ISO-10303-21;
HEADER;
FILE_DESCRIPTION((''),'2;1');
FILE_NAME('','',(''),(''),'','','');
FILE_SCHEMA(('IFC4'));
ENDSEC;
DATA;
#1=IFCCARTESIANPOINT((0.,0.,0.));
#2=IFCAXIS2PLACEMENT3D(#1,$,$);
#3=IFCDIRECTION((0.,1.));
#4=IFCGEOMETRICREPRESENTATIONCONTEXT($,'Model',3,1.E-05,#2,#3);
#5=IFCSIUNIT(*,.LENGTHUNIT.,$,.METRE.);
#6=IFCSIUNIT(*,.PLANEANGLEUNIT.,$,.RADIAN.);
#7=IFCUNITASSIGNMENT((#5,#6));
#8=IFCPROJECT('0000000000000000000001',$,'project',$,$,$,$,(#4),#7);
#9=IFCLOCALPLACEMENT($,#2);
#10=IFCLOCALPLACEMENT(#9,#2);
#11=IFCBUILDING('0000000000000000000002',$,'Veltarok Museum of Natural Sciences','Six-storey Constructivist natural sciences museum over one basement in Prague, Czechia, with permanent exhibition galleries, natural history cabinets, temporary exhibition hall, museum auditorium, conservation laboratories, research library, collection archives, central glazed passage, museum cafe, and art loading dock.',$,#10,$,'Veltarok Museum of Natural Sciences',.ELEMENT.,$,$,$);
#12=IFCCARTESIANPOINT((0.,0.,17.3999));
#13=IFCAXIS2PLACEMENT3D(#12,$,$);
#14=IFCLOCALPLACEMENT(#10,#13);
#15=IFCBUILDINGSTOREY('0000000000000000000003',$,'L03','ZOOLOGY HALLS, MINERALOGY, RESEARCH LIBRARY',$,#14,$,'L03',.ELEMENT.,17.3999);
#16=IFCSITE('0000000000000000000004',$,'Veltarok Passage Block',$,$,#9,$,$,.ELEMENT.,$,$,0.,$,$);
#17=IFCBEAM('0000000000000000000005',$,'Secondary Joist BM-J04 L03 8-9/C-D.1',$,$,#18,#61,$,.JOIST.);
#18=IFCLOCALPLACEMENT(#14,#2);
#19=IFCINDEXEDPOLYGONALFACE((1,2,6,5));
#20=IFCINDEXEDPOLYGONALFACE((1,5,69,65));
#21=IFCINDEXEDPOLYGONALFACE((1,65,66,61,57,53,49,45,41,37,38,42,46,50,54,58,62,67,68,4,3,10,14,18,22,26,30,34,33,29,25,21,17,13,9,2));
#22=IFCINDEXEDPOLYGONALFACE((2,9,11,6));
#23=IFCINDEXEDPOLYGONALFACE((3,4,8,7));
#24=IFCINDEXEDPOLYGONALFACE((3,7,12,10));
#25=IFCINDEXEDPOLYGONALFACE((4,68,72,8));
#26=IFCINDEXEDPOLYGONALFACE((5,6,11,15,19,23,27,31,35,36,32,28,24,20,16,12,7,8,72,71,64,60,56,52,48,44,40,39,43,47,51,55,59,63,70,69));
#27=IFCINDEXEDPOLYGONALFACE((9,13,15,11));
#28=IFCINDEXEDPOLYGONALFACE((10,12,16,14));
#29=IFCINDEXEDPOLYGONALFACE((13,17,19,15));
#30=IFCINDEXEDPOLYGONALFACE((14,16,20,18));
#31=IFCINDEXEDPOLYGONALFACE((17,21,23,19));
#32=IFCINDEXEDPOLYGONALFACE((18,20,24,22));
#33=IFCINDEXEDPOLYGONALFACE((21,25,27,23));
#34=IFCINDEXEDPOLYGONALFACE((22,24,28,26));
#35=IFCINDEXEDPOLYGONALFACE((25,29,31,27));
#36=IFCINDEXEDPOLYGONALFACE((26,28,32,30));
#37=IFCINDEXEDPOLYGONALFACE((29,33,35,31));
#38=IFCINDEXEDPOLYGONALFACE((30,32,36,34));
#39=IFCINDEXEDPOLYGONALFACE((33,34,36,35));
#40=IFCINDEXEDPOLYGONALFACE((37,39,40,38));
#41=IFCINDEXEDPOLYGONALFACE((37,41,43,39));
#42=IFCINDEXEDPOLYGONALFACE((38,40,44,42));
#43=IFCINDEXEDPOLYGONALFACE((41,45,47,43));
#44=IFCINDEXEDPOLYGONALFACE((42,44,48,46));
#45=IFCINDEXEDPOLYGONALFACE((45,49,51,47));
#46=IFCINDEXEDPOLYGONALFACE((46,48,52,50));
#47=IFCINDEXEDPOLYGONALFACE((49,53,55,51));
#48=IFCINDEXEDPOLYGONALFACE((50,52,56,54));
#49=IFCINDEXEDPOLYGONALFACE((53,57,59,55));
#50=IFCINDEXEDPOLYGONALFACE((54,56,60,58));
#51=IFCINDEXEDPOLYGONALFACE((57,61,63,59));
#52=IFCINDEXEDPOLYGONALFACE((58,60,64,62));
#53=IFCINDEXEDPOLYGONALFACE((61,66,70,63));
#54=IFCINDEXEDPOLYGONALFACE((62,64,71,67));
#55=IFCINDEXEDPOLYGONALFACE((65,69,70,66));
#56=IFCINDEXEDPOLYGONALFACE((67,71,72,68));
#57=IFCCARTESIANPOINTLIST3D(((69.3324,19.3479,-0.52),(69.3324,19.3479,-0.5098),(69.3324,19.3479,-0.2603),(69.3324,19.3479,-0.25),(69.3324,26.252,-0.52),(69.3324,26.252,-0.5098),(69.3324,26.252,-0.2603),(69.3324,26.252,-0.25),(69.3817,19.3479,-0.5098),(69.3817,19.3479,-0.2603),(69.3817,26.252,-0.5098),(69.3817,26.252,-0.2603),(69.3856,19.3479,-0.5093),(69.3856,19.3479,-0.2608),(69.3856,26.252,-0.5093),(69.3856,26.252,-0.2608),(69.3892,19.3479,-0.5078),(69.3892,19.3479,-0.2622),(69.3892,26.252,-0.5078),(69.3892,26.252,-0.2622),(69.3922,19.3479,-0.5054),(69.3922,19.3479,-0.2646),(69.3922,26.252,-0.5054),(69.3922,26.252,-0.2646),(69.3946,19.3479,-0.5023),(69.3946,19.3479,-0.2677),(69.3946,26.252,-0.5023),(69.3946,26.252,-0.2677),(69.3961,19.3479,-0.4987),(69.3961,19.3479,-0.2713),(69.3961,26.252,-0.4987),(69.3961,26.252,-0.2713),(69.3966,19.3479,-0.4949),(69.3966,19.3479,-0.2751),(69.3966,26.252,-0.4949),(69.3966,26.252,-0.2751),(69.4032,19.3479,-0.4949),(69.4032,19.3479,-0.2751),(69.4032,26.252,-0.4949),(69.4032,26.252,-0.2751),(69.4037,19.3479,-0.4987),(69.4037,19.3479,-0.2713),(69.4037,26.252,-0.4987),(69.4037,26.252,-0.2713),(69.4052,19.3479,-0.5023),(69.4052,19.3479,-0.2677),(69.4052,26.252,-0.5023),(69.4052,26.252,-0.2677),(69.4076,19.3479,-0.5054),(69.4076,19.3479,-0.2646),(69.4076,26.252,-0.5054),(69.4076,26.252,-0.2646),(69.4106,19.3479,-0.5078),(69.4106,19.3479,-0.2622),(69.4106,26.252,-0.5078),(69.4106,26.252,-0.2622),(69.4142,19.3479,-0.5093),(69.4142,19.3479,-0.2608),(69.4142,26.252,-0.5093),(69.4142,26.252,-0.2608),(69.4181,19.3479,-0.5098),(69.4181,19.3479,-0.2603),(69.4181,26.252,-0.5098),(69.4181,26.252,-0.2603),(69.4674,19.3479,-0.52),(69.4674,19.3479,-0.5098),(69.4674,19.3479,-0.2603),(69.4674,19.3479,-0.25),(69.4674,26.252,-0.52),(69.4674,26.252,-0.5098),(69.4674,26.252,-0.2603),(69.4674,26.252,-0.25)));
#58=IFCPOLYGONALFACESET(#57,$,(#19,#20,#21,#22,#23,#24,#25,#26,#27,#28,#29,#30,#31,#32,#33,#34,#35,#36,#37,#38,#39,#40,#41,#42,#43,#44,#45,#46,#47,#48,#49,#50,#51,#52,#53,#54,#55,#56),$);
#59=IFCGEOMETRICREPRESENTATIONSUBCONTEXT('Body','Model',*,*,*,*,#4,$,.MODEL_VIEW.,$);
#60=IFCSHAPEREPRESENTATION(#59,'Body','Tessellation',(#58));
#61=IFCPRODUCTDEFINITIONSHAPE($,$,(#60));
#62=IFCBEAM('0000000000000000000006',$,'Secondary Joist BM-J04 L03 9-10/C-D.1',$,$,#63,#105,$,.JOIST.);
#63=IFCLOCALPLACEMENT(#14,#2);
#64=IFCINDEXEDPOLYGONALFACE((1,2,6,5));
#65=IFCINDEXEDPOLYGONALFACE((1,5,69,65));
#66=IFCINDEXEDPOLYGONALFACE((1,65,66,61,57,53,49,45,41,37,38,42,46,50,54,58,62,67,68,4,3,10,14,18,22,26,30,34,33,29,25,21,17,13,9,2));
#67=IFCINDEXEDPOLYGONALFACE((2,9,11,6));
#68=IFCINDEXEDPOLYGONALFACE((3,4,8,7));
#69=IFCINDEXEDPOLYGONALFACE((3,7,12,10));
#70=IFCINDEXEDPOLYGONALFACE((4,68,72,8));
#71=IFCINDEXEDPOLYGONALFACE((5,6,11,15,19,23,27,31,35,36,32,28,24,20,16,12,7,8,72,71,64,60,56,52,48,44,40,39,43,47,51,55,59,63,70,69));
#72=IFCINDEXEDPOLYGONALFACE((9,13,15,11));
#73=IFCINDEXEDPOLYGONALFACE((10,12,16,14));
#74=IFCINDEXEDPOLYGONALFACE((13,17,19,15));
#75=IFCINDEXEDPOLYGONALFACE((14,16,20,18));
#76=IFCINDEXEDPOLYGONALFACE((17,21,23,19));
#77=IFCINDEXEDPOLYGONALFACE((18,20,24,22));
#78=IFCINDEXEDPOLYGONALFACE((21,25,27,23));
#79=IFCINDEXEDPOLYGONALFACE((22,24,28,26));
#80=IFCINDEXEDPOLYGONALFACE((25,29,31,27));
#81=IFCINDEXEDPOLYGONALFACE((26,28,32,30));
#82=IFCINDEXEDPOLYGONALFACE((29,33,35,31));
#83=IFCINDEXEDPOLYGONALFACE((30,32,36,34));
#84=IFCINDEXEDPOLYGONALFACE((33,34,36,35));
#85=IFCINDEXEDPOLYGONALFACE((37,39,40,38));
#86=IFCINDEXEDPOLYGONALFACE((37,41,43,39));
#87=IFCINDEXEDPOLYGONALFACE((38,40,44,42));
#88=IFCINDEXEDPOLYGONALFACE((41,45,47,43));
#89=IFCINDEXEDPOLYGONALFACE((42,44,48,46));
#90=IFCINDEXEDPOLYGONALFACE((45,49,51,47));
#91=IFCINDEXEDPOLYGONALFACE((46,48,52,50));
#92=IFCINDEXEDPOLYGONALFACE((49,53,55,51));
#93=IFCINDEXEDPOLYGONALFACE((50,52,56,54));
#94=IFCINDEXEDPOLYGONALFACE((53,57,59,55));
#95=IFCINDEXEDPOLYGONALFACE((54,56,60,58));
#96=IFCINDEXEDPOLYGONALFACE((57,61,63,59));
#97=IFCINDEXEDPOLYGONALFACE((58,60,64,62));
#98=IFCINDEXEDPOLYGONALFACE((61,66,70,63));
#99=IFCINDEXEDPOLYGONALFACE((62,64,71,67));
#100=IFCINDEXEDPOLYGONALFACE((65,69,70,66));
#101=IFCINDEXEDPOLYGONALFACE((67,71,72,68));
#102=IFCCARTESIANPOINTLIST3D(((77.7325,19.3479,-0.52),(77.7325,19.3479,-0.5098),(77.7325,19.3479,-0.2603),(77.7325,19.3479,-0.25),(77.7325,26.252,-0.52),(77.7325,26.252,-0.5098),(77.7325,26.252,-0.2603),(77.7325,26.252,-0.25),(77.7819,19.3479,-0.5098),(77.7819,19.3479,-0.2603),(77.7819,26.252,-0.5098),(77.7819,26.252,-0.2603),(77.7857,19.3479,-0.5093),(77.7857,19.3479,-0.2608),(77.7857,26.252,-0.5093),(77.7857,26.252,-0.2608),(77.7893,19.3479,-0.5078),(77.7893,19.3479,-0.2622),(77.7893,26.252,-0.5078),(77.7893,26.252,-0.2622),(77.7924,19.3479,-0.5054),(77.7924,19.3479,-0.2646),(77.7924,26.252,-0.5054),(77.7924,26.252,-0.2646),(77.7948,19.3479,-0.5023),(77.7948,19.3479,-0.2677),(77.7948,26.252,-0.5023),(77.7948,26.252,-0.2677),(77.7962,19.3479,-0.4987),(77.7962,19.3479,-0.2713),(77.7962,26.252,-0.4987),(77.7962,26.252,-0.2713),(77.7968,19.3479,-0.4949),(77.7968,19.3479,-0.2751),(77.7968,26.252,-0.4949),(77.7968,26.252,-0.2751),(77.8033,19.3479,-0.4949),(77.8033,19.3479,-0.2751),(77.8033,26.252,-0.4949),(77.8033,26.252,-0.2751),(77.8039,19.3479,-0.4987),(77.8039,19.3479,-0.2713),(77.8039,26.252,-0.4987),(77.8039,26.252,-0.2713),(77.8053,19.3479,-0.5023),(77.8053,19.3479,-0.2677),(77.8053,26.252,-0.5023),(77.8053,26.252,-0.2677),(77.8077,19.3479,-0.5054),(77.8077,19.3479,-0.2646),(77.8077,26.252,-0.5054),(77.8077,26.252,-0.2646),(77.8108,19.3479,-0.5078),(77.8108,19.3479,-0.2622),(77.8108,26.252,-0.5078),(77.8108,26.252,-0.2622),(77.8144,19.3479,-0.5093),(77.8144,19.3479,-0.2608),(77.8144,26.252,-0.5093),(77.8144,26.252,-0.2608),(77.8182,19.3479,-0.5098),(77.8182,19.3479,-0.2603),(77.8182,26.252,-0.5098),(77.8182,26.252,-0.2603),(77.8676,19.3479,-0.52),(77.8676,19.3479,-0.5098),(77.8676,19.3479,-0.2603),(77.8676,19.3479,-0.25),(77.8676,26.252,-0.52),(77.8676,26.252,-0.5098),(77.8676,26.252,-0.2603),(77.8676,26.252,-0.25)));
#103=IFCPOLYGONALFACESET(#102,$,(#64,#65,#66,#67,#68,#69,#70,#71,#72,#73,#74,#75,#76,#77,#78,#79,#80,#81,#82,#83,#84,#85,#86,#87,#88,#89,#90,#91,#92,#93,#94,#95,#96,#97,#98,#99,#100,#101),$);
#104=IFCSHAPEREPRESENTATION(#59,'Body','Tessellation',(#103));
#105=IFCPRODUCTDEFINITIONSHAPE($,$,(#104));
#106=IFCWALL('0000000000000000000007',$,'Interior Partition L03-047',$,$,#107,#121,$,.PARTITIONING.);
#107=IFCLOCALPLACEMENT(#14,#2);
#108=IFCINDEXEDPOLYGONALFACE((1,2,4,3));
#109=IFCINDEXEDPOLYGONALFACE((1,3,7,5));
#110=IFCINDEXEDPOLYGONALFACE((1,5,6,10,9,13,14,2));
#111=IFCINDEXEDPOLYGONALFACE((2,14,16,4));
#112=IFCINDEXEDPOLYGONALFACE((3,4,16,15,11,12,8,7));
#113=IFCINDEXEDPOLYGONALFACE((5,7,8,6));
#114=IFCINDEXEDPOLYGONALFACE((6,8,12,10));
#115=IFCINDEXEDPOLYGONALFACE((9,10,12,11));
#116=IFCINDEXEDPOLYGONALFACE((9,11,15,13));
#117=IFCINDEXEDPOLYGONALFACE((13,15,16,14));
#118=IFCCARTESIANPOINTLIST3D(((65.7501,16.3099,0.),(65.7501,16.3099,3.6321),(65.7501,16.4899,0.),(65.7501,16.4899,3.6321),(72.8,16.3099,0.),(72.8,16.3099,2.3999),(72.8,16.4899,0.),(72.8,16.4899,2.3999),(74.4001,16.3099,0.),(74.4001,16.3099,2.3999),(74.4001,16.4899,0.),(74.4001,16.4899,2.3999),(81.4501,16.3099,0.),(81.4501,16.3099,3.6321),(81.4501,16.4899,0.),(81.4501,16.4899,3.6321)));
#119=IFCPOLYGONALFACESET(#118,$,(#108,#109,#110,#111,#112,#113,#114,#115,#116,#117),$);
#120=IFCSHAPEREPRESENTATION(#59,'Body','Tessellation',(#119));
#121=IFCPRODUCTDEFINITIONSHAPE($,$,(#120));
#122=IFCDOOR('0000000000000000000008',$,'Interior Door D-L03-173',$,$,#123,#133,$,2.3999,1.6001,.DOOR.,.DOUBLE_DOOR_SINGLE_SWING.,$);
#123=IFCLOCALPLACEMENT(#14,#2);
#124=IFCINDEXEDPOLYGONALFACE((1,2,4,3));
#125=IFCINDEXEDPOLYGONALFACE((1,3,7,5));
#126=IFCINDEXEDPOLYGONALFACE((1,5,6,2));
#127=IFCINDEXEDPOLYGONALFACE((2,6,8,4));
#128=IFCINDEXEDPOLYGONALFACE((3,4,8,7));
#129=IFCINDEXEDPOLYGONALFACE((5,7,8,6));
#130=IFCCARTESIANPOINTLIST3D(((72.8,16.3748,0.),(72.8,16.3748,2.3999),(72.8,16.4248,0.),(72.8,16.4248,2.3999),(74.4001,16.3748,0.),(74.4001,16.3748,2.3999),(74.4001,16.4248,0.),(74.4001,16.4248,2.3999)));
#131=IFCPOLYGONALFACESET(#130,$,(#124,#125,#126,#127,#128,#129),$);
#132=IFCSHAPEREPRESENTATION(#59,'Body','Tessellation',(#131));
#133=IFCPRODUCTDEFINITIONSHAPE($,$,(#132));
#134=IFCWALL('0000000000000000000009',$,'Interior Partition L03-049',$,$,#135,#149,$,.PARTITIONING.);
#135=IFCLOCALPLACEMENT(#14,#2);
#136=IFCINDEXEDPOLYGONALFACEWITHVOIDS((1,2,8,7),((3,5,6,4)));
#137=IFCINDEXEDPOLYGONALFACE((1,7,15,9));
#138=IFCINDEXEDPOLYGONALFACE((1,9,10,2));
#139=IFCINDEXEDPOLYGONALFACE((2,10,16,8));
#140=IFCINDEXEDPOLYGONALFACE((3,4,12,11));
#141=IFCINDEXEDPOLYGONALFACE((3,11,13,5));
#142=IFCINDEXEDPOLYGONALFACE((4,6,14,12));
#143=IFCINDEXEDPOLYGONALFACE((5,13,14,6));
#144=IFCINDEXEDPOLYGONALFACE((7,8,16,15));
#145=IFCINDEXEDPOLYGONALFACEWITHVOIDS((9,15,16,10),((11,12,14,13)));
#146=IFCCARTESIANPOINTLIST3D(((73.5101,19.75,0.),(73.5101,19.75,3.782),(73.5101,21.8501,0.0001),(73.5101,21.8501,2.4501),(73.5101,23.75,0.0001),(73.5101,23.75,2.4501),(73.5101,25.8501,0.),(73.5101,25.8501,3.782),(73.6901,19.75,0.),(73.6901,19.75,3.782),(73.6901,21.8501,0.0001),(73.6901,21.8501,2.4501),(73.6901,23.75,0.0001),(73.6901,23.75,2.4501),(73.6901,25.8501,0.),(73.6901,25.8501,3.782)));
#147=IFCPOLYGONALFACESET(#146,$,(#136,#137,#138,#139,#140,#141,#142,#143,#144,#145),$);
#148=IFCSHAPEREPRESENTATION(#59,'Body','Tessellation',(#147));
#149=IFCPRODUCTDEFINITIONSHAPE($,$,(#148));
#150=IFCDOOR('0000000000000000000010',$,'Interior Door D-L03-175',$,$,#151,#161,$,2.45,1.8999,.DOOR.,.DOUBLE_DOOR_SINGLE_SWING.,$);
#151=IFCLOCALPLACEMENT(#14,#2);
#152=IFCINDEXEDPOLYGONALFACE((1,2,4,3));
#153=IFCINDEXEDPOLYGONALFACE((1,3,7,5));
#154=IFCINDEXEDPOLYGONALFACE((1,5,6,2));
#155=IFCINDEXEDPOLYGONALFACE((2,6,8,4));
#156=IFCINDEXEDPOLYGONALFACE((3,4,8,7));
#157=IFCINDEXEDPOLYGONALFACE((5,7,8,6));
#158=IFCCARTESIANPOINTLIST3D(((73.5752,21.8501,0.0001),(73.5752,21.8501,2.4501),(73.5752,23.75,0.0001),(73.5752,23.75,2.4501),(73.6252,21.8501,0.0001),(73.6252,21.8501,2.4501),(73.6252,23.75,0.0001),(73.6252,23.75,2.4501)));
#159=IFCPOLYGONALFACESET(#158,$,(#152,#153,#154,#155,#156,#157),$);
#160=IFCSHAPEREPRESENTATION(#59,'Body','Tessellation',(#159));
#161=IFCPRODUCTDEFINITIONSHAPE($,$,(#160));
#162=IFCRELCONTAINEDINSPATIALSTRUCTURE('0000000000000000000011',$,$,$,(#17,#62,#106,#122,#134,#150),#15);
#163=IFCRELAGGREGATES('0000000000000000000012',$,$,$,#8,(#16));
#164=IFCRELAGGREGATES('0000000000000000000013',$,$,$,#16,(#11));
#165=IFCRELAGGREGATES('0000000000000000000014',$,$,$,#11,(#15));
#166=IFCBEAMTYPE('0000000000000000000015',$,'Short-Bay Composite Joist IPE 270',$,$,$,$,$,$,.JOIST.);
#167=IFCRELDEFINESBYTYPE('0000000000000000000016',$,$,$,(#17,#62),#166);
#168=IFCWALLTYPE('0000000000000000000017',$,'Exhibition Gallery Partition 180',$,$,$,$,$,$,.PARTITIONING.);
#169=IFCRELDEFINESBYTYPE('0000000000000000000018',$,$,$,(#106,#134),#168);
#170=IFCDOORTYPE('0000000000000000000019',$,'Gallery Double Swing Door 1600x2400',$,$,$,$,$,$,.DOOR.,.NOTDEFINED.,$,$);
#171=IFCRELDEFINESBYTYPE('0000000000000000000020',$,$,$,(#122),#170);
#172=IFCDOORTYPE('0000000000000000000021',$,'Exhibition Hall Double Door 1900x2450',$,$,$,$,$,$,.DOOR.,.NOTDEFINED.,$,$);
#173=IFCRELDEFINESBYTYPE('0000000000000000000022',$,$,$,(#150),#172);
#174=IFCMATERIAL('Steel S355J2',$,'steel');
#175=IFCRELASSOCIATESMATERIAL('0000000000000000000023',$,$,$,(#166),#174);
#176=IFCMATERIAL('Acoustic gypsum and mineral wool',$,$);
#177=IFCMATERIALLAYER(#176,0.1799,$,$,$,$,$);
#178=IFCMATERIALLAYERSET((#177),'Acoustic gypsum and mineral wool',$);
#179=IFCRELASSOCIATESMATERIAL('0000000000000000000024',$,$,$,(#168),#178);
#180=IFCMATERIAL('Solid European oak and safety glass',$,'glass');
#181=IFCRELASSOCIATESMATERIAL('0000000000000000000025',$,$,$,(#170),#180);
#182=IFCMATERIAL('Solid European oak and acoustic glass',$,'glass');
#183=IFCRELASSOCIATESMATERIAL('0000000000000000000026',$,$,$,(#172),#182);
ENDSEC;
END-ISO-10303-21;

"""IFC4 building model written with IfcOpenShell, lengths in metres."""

from ifc_helpers import new_model, si_unit, direction, frame, frame_2d, origin, origin_2d, place, context, subcontext, project, spatial, rectangle, i_section, extrude, material, layer, layer_set, material_profile, profile_set, type_object, element, fill, save


model = new_model("IFC4")

# Units and contexts
model_context = context("Model", 3, precision=1e-05, world=origin(), true_north=direction((0.0, 1.0)))
body_context = subcontext(model_context, "Body", "Model", "MODEL_VIEW")
ifc_project = project(units=[si_unit("LENGTHUNIT", "METRE"), si_unit("PLANEANGLEUNIT", "RADIAN")], contexts=[model_context])

# Site, building, storey
site_placement = place(None, origin())
site = spatial("IfcSite", under=ifc_project, at=site_placement, Name="Veltarok Passage Block", CompositionType="ELEMENT", RefElevation=0.0)
building_placement = place(site_placement, origin())
building = spatial("IfcBuilding", under=site, at=building_placement, Name="Veltarok Museum of Natural Sciences", Description="Six-storey Constructivist natural sciences museum over one basement in Prague, Czechia, with permanent exhibition galleries, natural history cabinets, temporary exhibition hall, museum auditorium, conservation laboratories, research library, collection archives, central glazed passage, museum cafe, and art loading dock.", LongName="Veltarok Museum of Natural Sciences", CompositionType="ELEMENT")
storey_placement = place(building_placement, frame((0.0, 0.0, 17.3999)))
storey = spatial("IfcBuildingStorey", under=building, at=storey_placement, Name="L03", Description="ZOOLOGY HALLS, MINERALOGY, RESEARCH LIBRARY", LongName="L03", CompositionType="ELEMENT", Elevation=17.3999)

# Shared definitions
ifc_material_1 = material(Name="Steel S355J2", Category="steel")

# Beams
ifc_material_profile_1 = material_profile(ifc_material_1, i_section(OverallWidth=0.135, OverallDepth=0.27, WebThickness=0.0066, FlangeThickness=0.0103, FilletRadius=0.0149, at=origin_2d()), Name="IPE 270")
ifc_profile_set_1 = profile_set([ifc_material_profile_1], Name="Steel S355J2")
beam_type_1 = type_object("IfcBeamType", Name="Short-Bay Composite Joist IPE 270", PredefinedType="JOIST", material=ifc_profile_set_1)
for number, where, z_axis, x_axis, name in (
    (1, (69.3999, 19.3479, -0.385), (0.0, 1.0, 0.0), (-1.0, 0.0, 0.0), "Secondary Joist BM-J04 L03 8-9/C-D.1"),
    (2, (77.8, 19.3479, -0.385), (0.0, 1.0, 0.0), (-1.0, 0.0, 0.0), "Secondary Joist BM-J04 L03 9-10/C-D.1"),
):
    element("IfcBeam", number, at=place(storey_placement, frame(where, z_axis=z_axis, x_axis=x_axis)), inside=storey, type_object=beam_type_1, Name=name, PredefinedType="JOIST", context=body_context, shape_type="SweptSolid", body=[
        extrude(i_section(OverallWidth=0.135, OverallDepth=0.27, WebThickness=0.0066, FlangeThickness=0.0103, FilletRadius=0.0149, at=origin_2d()), origin(), (0.0, 0.0, 1.0), 6.9041),
    ])

# Walls, openings, doors
ifc_material_2 = material(Name="Acoustic gypsum and mineral wool")
ifc_layer = layer(ifc_material_2, 0.1799)
ifc_layer_set = layer_set([ifc_layer], Name="Acoustic gypsum and mineral wool")
wall_type = type_object("IfcWallType", Name="Exhibition Gallery Partition 180", PredefinedType="PARTITIONING", material=ifc_layer_set)
wall_1_placement = place(storey_placement, frame((65.75, 16.3999, 0.0), z_axis=(0.0, 0.0, 1.0), x_axis=(1.0, 0.0, 0.0)))
wall_1 = element("IfcWall", 3, at=wall_1_placement, inside=storey, type_object=wall_type, Name="Interior Partition L03-047", PredefinedType="PARTITIONING", context=body_context, shape_type="SweptSolid", body=[
    extrude(rectangle(XDim=15.7, YDim=0.1799, at=frame_2d((7.8501, 0.0))), origin(), (0.0, 0.0, 1.0), 3.6321),
])
opening_1_placement = place(wall_1_placement, frame((7.05, 0.0, 0.0)))
opening_1 = element("IfcOpeningElement", 4, at=opening_1_placement, cuts=wall_1, PredefinedType="OPENING", context=body_context, shape_type="SweptSolid", body=[
    extrude(rectangle(XDim=1.6001, YDim=2.3999, at=frame_2d((0.8, 1.2))), frame((0.0, 0.1001, 0.0), z_axis=(0.0, -1.0, 0.0), x_axis=(1.0, 0.0, 0.0)), (0.0, 0.0, 1.0), 0.2),
])
ifc_material_3 = material(Name="Solid European oak and safety glass", Category="glass")
door_type_1 = type_object("IfcDoorType", Name="Gallery Double Swing Door 1600x2400", OperationType="NOTDEFINED", PredefinedType="DOOR", material=ifc_material_3)
door_1_placement = place(opening_1_placement, origin())
door_1 = element("IfcDoor", 5, at=door_1_placement, inside=storey, type_object=door_type_1, Name="Interior Door D-L03-173", OperationType="DOUBLE_DOOR_SINGLE_SWING", OverallHeight=2.3999, OverallWidth=1.6001, PredefinedType="DOOR", context=body_context, shape_type="SweptSolid", body=[
    extrude(rectangle(XDim=1.6001, YDim=2.3999, at=frame_2d((0.8, 1.2))), frame((0.0, 0.0249, 0.0), z_axis=(0.0, -1.0, 0.0), x_axis=(1.0, 0.0, 0.0)), (0.0, 0.0, 1.0), 0.05),
])
fill(opening_1, door_1)
wall_2_placement = place(storey_placement, frame((73.6001, 19.75, 0.0), z_axis=(0.0, 0.0, 1.0), x_axis=(0.0, 1.0, 0.0)))
wall_2 = element("IfcWall", 6, at=wall_2_placement, inside=storey, type_object=wall_type, Name="Interior Partition L03-049", PredefinedType="PARTITIONING", context=body_context, shape_type="SweptSolid", body=[
    extrude(rectangle(XDim=6.1001, YDim=0.1799, at=frame_2d((3.05, 0.0))), origin(), (0.0, 0.0, 1.0), 3.782),
])
opening_2_placement = place(wall_2_placement, frame((2.1001, 0.0, 0.0)))
opening_2 = element("IfcOpeningElement", 7, at=opening_2_placement, cuts=wall_2, PredefinedType="OPENING", context=body_context, shape_type="SweptSolid", body=[
    extrude(rectangle(XDim=1.8999, YDim=2.45, at=frame_2d((0.95, 1.2251))), frame((0.0, 0.1001, 0.0), z_axis=(0.0, -1.0, 0.0), x_axis=(1.0, 0.0, 0.0)), (0.0, 0.0, 1.0), 0.2),
])
ifc_material_4 = material(Name="Solid European oak and acoustic glass", Category="glass")
door_type_2 = type_object("IfcDoorType", Name="Exhibition Hall Double Door 1900x2450", OperationType="NOTDEFINED", PredefinedType="DOOR", material=ifc_material_4)
door_2_placement = place(opening_2_placement, origin())
door_2 = element("IfcDoor", 8, at=door_2_placement, inside=storey, type_object=door_type_2, Name="Interior Door D-L03-175", OperationType="DOUBLE_DOOR_SINGLE_SWING", OverallHeight=2.45, OverallWidth=1.8999, PredefinedType="DOOR", context=body_context, shape_type="SweptSolid", body=[
    extrude(rectangle(XDim=1.8999, YDim=2.45, at=frame_2d((0.95, 1.2251))), frame((0.0, 0.0249, 0.0), z_axis=(0.0, -1.0, 0.0), x_axis=(1.0, 0.0, 0.0)), (0.0, 0.0, 1.0), 0.05),
])
fill(opening_2, door_2)

save(model, "model.ifc")
